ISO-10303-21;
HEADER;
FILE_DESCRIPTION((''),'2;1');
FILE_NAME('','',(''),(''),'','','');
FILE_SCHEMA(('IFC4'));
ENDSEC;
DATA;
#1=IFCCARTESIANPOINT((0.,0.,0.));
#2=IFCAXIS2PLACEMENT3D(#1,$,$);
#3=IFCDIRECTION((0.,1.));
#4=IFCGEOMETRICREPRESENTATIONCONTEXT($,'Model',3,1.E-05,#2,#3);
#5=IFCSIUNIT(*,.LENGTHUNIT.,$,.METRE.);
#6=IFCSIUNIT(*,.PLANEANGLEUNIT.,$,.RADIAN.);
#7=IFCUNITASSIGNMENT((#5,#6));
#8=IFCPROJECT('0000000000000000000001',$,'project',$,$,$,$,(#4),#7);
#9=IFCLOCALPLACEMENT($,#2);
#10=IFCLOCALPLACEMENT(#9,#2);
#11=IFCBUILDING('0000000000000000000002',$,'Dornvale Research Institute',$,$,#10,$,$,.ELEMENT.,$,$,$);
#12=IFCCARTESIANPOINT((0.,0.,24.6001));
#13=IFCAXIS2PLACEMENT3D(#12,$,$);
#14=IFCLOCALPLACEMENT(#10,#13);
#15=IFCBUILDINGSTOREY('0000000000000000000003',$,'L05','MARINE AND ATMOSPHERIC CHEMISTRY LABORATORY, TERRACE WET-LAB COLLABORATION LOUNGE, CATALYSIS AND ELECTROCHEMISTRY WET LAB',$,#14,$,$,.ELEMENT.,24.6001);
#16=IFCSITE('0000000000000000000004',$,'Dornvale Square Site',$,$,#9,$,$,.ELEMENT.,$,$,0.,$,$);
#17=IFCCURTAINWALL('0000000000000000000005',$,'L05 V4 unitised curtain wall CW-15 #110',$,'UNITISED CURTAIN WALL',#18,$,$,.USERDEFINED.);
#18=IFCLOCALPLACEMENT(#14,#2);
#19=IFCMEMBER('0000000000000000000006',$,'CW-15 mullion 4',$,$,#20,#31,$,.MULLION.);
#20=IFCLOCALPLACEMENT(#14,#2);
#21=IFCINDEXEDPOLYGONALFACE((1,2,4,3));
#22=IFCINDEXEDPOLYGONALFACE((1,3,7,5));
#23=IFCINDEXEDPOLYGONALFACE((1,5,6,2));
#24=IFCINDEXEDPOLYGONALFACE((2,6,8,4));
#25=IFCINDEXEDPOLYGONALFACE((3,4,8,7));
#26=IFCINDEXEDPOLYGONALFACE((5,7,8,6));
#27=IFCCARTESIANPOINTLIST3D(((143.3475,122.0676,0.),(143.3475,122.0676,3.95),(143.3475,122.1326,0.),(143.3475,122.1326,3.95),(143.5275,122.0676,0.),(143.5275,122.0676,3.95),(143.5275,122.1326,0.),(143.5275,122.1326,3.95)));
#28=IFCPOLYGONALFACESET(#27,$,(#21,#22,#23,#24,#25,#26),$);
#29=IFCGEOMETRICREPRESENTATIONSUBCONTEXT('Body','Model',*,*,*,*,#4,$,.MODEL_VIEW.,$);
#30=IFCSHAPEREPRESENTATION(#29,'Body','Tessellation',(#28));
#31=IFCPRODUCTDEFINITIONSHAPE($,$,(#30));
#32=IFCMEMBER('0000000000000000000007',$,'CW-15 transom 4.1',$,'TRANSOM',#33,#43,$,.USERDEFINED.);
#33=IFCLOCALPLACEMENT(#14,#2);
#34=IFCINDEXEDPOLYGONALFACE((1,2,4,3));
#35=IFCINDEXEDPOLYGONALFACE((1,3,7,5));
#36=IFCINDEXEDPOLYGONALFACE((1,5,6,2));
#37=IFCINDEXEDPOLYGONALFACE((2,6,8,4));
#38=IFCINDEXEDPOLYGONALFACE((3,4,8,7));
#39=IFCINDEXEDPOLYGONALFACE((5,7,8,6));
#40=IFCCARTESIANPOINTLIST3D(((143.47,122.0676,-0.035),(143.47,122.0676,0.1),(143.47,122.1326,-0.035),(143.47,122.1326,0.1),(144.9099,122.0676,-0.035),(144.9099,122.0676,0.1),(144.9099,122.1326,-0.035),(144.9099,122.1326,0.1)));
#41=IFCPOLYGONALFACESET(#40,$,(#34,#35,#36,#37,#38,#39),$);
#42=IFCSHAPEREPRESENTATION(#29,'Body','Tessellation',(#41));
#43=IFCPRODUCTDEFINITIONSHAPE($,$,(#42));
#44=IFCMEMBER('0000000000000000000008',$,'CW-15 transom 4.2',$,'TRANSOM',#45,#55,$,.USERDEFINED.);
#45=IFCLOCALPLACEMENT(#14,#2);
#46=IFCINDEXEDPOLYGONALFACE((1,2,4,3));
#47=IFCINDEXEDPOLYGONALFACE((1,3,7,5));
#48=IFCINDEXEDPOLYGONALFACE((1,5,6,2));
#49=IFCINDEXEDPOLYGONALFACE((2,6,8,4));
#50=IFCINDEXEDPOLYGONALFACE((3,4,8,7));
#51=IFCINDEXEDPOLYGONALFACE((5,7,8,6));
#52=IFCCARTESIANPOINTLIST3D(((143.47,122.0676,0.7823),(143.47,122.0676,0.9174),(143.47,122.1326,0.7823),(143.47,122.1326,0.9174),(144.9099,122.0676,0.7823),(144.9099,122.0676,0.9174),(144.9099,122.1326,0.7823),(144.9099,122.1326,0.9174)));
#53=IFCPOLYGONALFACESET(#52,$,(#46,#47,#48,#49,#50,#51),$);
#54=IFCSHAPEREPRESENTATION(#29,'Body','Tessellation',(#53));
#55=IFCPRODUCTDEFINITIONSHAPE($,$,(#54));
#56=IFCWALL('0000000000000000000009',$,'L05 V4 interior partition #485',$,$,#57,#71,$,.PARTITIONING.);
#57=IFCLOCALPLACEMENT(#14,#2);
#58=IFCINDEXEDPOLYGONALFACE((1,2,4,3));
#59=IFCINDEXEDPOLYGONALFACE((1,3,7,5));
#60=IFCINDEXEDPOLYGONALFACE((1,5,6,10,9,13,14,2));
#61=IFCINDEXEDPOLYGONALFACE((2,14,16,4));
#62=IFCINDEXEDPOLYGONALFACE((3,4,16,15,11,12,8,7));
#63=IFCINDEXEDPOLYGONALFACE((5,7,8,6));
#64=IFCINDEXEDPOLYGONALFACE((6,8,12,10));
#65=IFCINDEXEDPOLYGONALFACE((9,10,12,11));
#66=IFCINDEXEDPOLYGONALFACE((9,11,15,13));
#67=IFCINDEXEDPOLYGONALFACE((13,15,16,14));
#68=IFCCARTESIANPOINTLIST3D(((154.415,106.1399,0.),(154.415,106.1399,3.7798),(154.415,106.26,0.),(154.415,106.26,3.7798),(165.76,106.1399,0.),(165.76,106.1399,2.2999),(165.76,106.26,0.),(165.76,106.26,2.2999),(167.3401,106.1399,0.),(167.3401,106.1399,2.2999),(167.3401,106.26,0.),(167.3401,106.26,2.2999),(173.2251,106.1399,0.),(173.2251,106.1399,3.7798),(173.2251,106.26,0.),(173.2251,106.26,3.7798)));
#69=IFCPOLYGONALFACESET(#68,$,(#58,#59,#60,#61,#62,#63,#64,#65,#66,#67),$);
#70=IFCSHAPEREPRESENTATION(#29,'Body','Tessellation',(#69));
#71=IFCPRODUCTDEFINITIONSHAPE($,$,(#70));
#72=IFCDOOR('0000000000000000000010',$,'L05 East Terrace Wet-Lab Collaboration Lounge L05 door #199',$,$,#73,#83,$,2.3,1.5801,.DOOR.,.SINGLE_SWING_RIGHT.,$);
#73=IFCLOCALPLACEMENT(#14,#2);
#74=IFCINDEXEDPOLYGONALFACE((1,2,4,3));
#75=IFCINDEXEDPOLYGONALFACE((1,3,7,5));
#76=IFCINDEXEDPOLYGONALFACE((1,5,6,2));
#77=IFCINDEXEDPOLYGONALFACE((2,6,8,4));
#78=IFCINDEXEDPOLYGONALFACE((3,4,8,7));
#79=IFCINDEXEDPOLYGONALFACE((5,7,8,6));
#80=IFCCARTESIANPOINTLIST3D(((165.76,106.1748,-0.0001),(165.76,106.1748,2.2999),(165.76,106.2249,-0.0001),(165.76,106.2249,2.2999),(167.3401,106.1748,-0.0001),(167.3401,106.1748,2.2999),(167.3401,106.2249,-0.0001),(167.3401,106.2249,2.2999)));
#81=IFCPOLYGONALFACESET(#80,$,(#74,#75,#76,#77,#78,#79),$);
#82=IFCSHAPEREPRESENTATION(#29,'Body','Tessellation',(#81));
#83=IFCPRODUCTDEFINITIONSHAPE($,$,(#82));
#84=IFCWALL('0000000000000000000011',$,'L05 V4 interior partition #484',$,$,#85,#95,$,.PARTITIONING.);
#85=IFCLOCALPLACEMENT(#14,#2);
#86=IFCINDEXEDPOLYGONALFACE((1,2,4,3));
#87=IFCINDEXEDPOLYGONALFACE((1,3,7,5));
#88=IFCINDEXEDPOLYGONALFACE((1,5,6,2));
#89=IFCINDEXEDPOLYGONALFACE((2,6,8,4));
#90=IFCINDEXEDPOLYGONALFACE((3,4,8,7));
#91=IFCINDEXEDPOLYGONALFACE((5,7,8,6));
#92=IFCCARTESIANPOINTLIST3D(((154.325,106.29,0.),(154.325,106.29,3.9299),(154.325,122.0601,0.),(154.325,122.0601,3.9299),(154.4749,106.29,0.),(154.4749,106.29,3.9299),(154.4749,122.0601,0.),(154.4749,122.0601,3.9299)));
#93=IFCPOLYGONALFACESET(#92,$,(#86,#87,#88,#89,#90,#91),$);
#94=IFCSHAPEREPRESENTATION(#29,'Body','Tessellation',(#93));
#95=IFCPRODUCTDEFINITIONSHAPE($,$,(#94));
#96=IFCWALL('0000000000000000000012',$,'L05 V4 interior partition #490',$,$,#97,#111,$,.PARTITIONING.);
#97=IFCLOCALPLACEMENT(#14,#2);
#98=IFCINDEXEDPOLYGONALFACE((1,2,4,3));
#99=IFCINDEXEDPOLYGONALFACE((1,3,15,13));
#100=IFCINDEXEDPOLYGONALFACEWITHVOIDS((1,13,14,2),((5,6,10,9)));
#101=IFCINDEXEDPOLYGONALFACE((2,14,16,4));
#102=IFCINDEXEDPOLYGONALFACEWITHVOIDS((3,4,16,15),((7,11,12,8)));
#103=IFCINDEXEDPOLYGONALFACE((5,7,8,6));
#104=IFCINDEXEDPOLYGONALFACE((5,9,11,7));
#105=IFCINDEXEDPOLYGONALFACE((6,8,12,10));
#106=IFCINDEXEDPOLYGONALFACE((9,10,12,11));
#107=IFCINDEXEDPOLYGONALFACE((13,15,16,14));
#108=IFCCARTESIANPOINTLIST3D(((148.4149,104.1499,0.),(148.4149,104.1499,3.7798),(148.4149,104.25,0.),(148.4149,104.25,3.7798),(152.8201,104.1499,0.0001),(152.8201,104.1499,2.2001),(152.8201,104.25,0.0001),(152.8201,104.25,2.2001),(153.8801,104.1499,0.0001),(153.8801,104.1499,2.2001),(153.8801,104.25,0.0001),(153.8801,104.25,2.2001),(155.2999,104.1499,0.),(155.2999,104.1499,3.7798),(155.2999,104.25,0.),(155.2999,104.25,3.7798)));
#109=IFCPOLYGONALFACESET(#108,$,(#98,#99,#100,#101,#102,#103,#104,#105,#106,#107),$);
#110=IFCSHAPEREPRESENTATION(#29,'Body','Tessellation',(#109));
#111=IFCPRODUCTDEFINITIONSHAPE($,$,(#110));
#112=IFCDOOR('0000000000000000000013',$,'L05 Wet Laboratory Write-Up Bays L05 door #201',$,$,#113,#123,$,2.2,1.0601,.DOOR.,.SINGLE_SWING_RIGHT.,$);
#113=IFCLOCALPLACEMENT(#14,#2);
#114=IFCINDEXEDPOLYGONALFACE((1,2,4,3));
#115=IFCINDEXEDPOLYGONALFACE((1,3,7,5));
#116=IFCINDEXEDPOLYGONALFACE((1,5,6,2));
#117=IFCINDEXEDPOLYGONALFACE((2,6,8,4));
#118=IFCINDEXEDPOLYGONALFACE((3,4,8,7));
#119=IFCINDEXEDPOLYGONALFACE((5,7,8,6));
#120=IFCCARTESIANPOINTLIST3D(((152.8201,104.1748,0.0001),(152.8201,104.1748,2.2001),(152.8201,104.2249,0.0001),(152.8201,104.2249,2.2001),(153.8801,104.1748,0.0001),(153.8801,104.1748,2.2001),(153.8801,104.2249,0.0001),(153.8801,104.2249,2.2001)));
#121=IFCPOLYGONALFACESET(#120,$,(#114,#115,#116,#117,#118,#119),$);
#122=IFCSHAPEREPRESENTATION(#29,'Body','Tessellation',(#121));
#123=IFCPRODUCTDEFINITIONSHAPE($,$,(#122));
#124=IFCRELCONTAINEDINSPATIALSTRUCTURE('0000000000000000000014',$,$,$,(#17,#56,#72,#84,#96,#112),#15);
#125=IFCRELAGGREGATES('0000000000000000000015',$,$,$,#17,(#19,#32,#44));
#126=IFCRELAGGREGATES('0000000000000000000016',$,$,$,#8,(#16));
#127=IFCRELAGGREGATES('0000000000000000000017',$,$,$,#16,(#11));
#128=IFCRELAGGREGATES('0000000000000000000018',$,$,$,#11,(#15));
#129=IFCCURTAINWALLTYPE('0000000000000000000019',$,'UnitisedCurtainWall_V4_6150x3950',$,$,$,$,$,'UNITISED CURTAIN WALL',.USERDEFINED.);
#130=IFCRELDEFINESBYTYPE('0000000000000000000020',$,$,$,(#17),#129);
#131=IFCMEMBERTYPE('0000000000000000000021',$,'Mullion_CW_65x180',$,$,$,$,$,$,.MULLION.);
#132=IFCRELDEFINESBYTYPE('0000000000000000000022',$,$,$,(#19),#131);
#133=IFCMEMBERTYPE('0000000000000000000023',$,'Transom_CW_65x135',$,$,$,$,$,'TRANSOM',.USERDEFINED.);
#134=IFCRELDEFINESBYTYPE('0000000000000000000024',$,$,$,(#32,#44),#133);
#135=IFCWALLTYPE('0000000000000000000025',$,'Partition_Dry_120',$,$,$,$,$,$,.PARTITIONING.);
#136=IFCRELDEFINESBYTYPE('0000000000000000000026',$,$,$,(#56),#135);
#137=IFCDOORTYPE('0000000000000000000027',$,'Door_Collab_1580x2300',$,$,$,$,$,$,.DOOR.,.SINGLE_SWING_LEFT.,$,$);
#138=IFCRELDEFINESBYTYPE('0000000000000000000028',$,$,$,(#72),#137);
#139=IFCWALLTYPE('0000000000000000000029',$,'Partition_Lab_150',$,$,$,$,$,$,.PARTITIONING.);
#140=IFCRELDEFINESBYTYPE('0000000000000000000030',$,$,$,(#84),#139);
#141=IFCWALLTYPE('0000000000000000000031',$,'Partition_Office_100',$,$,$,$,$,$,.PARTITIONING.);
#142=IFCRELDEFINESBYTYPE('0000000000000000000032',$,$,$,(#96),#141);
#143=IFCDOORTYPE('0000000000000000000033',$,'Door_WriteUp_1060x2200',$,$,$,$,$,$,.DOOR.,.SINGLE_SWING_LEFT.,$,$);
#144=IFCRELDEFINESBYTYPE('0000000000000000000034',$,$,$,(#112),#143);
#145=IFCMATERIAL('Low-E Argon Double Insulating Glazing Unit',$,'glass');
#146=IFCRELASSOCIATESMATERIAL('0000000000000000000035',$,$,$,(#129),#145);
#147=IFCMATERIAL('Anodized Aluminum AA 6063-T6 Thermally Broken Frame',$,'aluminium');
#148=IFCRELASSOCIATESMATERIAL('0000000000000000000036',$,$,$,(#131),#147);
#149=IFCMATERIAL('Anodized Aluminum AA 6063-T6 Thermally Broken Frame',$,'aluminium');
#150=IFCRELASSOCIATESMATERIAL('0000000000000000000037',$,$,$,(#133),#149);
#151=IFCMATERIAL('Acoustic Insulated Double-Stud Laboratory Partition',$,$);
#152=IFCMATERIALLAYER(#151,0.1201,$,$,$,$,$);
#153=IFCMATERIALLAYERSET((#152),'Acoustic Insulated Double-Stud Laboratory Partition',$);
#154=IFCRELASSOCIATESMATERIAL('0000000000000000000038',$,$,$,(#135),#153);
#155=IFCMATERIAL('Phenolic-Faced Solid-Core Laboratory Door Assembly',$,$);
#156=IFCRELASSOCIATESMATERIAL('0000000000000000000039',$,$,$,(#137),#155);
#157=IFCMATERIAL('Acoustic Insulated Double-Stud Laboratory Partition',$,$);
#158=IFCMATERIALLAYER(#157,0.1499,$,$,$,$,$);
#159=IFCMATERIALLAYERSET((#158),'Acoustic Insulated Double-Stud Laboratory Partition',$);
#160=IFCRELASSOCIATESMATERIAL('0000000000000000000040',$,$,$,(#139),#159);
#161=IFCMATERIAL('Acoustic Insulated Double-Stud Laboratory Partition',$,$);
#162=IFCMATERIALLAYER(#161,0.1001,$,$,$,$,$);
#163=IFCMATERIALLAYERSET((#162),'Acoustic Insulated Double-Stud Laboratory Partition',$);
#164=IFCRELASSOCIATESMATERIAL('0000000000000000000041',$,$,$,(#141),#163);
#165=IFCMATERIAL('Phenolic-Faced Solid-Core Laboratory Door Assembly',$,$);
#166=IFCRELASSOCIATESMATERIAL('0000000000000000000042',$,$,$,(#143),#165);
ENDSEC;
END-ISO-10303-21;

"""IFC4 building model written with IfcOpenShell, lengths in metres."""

from ifc_helpers import new_model, si_unit, direction, frame, frame_2d, origin, origin_2d, place, context, subcontext, project, spatial, rectangle, extrude, material, layer, layer_set, material_profile, profile_set, type_object, element, fill, aggregate, save


model = new_model("IFC4")

# Units and contexts
model_context = context("Model", 3, precision=1e-05, world=origin(), true_north=direction((0.0, 1.0)))
body_context = subcontext(model_context, "Body", "Model", "MODEL_VIEW")
ifc_project = project(units=[si_unit("LENGTHUNIT", "METRE"), si_unit("PLANEANGLEUNIT", "RADIAN")], contexts=[model_context])

# Site, building, storey
site_placement = place(None, origin())
site = spatial("IfcSite", under=ifc_project, at=site_placement, Name="Dornvale Square Site", CompositionType="ELEMENT", RefElevation=0.0)
building_placement = place(site_placement, origin())
building = spatial("IfcBuilding", under=site, at=building_placement, Name="Dornvale Research Institute", CompositionType="ELEMENT")
storey_placement = place(building_placement, frame((0.0, 0.0, 24.6001)))
storey = spatial("IfcBuildingStorey", under=building, at=storey_placement, Name="L05", Description="MARINE AND ATMOSPHERIC CHEMISTRY LABORATORY, TERRACE WET-LAB COLLABORATION LOUNGE, CATALYSIS AND ELECTROCHEMISTRY WET LAB", CompositionType="ELEMENT", Elevation=24.6001)

# Curtain wall, members
ifc_material_1 = material(Name="Low-E Argon Double Insulating Glazing Unit", Category="glass")
curtain_wall_type = type_object("IfcCurtainWallType", Name="UnitisedCurtainWall_V4_6150x3950", ElementType="UNITISED CURTAIN WALL", PredefinedType="USERDEFINED", material=ifc_material_1)
curtain_wall_placement = place(storey_placement, origin())
curtain_wall = element("IfcCurtainWall", 1, at=curtain_wall_placement, inside=storey, type_object=curtain_wall_type, Name="L05 V4 unitised curtain wall CW-15 #110", ObjectType="UNITISED CURTAIN WALL", PredefinedType="USERDEFINED")
ifc_material_2 = material(Name="Anodized Aluminum AA 6063-T6 Thermally Broken Frame", Category="aluminium")
ifc_material_profile_1 = material_profile(ifc_material_2, rectangle(XDim=0.0649, YDim=0.1799, at=origin_2d()), Name="ALU MULLION 65x180")
ifc_profile_set_1 = profile_set([ifc_material_profile_1], Name="Anodized Aluminum AA 6063-T6 Thermally Broken Frame")
member_type_1 = type_object("IfcMemberType", Name="Mullion_CW_65x180", PredefinedType="MULLION", material=ifc_profile_set_1)
member_1_placement = place(storey_placement, frame((143.4375, 122.1001, 0.0), z_axis=(0.0, 0.0, 1.0), x_axis=(0.0, 1.0, 0.0)))
member_1 = element("IfcMember", 2, at=member_1_placement, type_object=member_type_1, Name="CW-15 mullion 4", PredefinedType="MULLION", context=body_context, shape_type="SweptSolid", body=[
    extrude(rectangle(XDim=0.0649, YDim=0.1799, at=origin_2d()), origin(), (0.0, 0.0, 1.0), 3.95),
])
ifc_material_3 = material(Name="Anodized Aluminum AA 6063-T6 Thermally Broken Frame", Category="aluminium")
ifc_material_profile_2 = material_profile(ifc_material_3, rectangle(XDim=0.0649, YDim=0.135, at=origin_2d()), Name="ALU TRANSOM 65x135")
ifc_profile_set_2 = profile_set([ifc_material_profile_2], Name="Anodized Aluminum AA 6063-T6 Thermally Broken Frame")
member_type_2 = type_object("IfcMemberType", Name="Transom_CW_65x135", ElementType="TRANSOM", PredefinedType="USERDEFINED", material=ifc_profile_set_2)
member_2_placement = place(storey_placement, frame((143.47, 122.1001, 0.0325), z_axis=(1.0, 0.0, 0.0), x_axis=(0.0, 1.0, 0.0)))
member_2 = element("IfcMember", 3, at=member_2_placement, type_object=member_type_2, Name="CW-15 transom 4.1", ObjectType="TRANSOM", PredefinedType="USERDEFINED", context=body_context, shape_type="SweptSolid", body=[
    extrude(rectangle(XDim=0.0649, YDim=0.135, at=origin_2d()), origin(), (0.0, 0.0, 1.0), 1.4399),
])
member_3_placement = place(storey_placement, frame((143.47, 122.1001, 0.8499), z_axis=(1.0, 0.0, 0.0), x_axis=(0.0, 1.0, 0.0)))
member_3 = element("IfcMember", 4, at=member_3_placement, type_object=member_type_2, Name="CW-15 transom 4.2", ObjectType="TRANSOM", PredefinedType="USERDEFINED", context=body_context, shape_type="SweptSolid", body=[
    extrude(rectangle(XDim=0.0649, YDim=0.135, at=origin_2d()), origin(), (0.0, 0.0, 1.0), 1.4399),
])
aggregate(curtain_wall, [member_1, member_2, member_3])

# Wall, opening, door
ifc_material_4 = material(Name="Acoustic Insulated Double-Stud Laboratory Partition")
ifc_layer_1 = layer(ifc_material_4, 0.1201)
ifc_layer_set_1 = layer_set([ifc_layer_1], Name="Acoustic Insulated Double-Stud Laboratory Partition")
wall_type_1 = type_object("IfcWallType", Name="Partition_Dry_120", PredefinedType="PARTITIONING", material=ifc_layer_set_1)
wall_1_placement = place(storey_placement, frame((154.415, 106.2, 0.0), z_axis=(0.0, 0.0, 1.0), x_axis=(1.0, 0.0, 0.0)))
wall_1 = element("IfcWall", 5, at=wall_1_placement, inside=storey, type_object=wall_type_1, Name="L05 V4 interior partition #485", PredefinedType="PARTITIONING", context=body_context, shape_type="SweptSolid", body=[
    extrude(rectangle(XDim=18.8101, YDim=0.1201, at=frame_2d((9.405, 0.0))), origin(), (0.0, 0.0, 1.0), 3.7798),
])
opening_1_placement = place(wall_1_placement, frame((11.345, 0.0, 0.0)))
opening_1 = element("IfcOpeningElement", 6, at=opening_1_placement, cuts=wall_1, PredefinedType="OPENING", context=body_context, shape_type="SweptSolid", body=[
    extrude(rectangle(XDim=1.5801, YDim=2.3, at=frame_2d((0.79, 1.1499))), frame((0.0, 0.075, 0.0), z_axis=(0.0, -1.0, 0.0), x_axis=(1.0, 0.0, 0.0)), (0.0, 0.0, 1.0), 0.1501),
])
ifc_material_5 = material(Name="Phenolic-Faced Solid-Core Laboratory Door Assembly")
door_type_1 = type_object("IfcDoorType", Name="Door_Collab_1580x2300", OperationType="SINGLE_SWING_LEFT", PredefinedType="DOOR", material=ifc_material_5)
door_1_placement = place(opening_1_placement, origin())
door_1 = element("IfcDoor", 7, at=door_1_placement, inside=storey, type_object=door_type_1, Name="L05 East Terrace Wet-Lab Collaboration Lounge L05 door #199", OperationType="SINGLE_SWING_RIGHT", OverallHeight=2.3, OverallWidth=1.5801, PredefinedType="DOOR", context=body_context, shape_type="SweptSolid", body=[
    extrude(rectangle(XDim=1.5801, YDim=2.3, at=frame_2d((0.79, 1.1499))), frame((0.0, 0.0249, 0.0), z_axis=(0.0, -1.0, 0.0), x_axis=(1.0, 0.0, 0.0)), (0.0, 0.0, 1.0), 0.05),
])
fill(opening_1, door_1)

# Wall
ifc_material_6 = material(Name="Acoustic Insulated Double-Stud Laboratory Partition")
ifc_layer_2 = layer(ifc_material_6, 0.1499)
ifc_layer_set_2 = layer_set([ifc_layer_2], Name="Acoustic Insulated Double-Stud Laboratory Partition")
wall_type_2 = type_object("IfcWallType", Name="Partition_Lab_150", PredefinedType="PARTITIONING", material=ifc_layer_set_2)
wall_2_placement = place(storey_placement, frame((154.3999, 106.29, 0.0), z_axis=(0.0, 0.0, 1.0), x_axis=(0.0, 1.0, 0.0)))
element("IfcWall", 8, at=wall_2_placement, inside=storey, type_object=wall_type_2, Name="L05 V4 interior partition #484", PredefinedType="PARTITIONING", context=body_context, shape_type="SweptSolid", body=[
    extrude(rectangle(XDim=15.77, YDim=0.1499, at=frame_2d((7.885, 0.0))), origin(), (0.0, 0.0, 1.0), 3.9299),
])

# Wall, opening, door
ifc_material_7 = material(Name="Acoustic Insulated Double-Stud Laboratory Partition")
ifc_layer_3 = layer(ifc_material_7, 0.1001)
ifc_layer_set_3 = layer_set([ifc_layer_3], Name="Acoustic Insulated Double-Stud Laboratory Partition")
wall_type_3 = type_object("IfcWallType", Name="Partition_Office_100", PredefinedType="PARTITIONING", material=ifc_layer_set_3)
wall_3_placement = place(storey_placement, frame((148.415, 104.2, 0.0), z_axis=(0.0, 0.0, 1.0), x_axis=(1.0, 0.0, 0.0)))
wall_3 = element("IfcWall", 9, at=wall_3_placement, inside=storey, type_object=wall_type_3, Name="L05 V4 interior partition #490", PredefinedType="PARTITIONING", context=body_context, shape_type="SweptSolid", body=[
    extrude(rectangle(XDim=6.885, YDim=0.1001, at=frame_2d((3.4424, 0.0))), origin(), (0.0, 0.0, 1.0), 3.7798),
])
opening_2_placement = place(wall_3_placement, frame((4.405, 0.0, 0.0)))
opening_2 = element("IfcOpeningElement", 10, at=opening_2_placement, cuts=wall_3, PredefinedType="OPENING", context=body_context, shape_type="SweptSolid", body=[
    extrude(rectangle(XDim=1.0601, YDim=2.2, at=frame_2d((0.53, 1.1001))), frame((0.0, 0.0649, 0.0), z_axis=(0.0, -1.0, 0.0), x_axis=(1.0, 0.0, 0.0)), (0.0, 0.0, 1.0), 0.1301),
])
ifc_material_8 = material(Name="Phenolic-Faced Solid-Core Laboratory Door Assembly")
door_type_2 = type_object("IfcDoorType", Name="Door_WriteUp_1060x2200", OperationType="SINGLE_SWING_LEFT", PredefinedType="DOOR", material=ifc_material_8)
door_2_placement = place(opening_2_placement, origin())
door_2 = element("IfcDoor", 11, at=door_2_placement, inside=storey, type_object=door_type_2, Name="L05 Wet Laboratory Write-Up Bays L05 door #201", OperationType="SINGLE_SWING_RIGHT", OverallHeight=2.2, OverallWidth=1.0601, PredefinedType="DOOR", context=body_context, shape_type="SweptSolid", body=[
    extrude(rectangle(XDim=1.0601, YDim=2.2, at=frame_2d((0.53, 1.1001))), frame((0.0, 0.0249, 0.0), z_axis=(0.0, -1.0, 0.0), x_axis=(1.0, 0.0, 0.0)), (0.0, 0.0, 1.0), 0.05),
])
fill(opening_2, door_2)

save(model, "model.ifc")
